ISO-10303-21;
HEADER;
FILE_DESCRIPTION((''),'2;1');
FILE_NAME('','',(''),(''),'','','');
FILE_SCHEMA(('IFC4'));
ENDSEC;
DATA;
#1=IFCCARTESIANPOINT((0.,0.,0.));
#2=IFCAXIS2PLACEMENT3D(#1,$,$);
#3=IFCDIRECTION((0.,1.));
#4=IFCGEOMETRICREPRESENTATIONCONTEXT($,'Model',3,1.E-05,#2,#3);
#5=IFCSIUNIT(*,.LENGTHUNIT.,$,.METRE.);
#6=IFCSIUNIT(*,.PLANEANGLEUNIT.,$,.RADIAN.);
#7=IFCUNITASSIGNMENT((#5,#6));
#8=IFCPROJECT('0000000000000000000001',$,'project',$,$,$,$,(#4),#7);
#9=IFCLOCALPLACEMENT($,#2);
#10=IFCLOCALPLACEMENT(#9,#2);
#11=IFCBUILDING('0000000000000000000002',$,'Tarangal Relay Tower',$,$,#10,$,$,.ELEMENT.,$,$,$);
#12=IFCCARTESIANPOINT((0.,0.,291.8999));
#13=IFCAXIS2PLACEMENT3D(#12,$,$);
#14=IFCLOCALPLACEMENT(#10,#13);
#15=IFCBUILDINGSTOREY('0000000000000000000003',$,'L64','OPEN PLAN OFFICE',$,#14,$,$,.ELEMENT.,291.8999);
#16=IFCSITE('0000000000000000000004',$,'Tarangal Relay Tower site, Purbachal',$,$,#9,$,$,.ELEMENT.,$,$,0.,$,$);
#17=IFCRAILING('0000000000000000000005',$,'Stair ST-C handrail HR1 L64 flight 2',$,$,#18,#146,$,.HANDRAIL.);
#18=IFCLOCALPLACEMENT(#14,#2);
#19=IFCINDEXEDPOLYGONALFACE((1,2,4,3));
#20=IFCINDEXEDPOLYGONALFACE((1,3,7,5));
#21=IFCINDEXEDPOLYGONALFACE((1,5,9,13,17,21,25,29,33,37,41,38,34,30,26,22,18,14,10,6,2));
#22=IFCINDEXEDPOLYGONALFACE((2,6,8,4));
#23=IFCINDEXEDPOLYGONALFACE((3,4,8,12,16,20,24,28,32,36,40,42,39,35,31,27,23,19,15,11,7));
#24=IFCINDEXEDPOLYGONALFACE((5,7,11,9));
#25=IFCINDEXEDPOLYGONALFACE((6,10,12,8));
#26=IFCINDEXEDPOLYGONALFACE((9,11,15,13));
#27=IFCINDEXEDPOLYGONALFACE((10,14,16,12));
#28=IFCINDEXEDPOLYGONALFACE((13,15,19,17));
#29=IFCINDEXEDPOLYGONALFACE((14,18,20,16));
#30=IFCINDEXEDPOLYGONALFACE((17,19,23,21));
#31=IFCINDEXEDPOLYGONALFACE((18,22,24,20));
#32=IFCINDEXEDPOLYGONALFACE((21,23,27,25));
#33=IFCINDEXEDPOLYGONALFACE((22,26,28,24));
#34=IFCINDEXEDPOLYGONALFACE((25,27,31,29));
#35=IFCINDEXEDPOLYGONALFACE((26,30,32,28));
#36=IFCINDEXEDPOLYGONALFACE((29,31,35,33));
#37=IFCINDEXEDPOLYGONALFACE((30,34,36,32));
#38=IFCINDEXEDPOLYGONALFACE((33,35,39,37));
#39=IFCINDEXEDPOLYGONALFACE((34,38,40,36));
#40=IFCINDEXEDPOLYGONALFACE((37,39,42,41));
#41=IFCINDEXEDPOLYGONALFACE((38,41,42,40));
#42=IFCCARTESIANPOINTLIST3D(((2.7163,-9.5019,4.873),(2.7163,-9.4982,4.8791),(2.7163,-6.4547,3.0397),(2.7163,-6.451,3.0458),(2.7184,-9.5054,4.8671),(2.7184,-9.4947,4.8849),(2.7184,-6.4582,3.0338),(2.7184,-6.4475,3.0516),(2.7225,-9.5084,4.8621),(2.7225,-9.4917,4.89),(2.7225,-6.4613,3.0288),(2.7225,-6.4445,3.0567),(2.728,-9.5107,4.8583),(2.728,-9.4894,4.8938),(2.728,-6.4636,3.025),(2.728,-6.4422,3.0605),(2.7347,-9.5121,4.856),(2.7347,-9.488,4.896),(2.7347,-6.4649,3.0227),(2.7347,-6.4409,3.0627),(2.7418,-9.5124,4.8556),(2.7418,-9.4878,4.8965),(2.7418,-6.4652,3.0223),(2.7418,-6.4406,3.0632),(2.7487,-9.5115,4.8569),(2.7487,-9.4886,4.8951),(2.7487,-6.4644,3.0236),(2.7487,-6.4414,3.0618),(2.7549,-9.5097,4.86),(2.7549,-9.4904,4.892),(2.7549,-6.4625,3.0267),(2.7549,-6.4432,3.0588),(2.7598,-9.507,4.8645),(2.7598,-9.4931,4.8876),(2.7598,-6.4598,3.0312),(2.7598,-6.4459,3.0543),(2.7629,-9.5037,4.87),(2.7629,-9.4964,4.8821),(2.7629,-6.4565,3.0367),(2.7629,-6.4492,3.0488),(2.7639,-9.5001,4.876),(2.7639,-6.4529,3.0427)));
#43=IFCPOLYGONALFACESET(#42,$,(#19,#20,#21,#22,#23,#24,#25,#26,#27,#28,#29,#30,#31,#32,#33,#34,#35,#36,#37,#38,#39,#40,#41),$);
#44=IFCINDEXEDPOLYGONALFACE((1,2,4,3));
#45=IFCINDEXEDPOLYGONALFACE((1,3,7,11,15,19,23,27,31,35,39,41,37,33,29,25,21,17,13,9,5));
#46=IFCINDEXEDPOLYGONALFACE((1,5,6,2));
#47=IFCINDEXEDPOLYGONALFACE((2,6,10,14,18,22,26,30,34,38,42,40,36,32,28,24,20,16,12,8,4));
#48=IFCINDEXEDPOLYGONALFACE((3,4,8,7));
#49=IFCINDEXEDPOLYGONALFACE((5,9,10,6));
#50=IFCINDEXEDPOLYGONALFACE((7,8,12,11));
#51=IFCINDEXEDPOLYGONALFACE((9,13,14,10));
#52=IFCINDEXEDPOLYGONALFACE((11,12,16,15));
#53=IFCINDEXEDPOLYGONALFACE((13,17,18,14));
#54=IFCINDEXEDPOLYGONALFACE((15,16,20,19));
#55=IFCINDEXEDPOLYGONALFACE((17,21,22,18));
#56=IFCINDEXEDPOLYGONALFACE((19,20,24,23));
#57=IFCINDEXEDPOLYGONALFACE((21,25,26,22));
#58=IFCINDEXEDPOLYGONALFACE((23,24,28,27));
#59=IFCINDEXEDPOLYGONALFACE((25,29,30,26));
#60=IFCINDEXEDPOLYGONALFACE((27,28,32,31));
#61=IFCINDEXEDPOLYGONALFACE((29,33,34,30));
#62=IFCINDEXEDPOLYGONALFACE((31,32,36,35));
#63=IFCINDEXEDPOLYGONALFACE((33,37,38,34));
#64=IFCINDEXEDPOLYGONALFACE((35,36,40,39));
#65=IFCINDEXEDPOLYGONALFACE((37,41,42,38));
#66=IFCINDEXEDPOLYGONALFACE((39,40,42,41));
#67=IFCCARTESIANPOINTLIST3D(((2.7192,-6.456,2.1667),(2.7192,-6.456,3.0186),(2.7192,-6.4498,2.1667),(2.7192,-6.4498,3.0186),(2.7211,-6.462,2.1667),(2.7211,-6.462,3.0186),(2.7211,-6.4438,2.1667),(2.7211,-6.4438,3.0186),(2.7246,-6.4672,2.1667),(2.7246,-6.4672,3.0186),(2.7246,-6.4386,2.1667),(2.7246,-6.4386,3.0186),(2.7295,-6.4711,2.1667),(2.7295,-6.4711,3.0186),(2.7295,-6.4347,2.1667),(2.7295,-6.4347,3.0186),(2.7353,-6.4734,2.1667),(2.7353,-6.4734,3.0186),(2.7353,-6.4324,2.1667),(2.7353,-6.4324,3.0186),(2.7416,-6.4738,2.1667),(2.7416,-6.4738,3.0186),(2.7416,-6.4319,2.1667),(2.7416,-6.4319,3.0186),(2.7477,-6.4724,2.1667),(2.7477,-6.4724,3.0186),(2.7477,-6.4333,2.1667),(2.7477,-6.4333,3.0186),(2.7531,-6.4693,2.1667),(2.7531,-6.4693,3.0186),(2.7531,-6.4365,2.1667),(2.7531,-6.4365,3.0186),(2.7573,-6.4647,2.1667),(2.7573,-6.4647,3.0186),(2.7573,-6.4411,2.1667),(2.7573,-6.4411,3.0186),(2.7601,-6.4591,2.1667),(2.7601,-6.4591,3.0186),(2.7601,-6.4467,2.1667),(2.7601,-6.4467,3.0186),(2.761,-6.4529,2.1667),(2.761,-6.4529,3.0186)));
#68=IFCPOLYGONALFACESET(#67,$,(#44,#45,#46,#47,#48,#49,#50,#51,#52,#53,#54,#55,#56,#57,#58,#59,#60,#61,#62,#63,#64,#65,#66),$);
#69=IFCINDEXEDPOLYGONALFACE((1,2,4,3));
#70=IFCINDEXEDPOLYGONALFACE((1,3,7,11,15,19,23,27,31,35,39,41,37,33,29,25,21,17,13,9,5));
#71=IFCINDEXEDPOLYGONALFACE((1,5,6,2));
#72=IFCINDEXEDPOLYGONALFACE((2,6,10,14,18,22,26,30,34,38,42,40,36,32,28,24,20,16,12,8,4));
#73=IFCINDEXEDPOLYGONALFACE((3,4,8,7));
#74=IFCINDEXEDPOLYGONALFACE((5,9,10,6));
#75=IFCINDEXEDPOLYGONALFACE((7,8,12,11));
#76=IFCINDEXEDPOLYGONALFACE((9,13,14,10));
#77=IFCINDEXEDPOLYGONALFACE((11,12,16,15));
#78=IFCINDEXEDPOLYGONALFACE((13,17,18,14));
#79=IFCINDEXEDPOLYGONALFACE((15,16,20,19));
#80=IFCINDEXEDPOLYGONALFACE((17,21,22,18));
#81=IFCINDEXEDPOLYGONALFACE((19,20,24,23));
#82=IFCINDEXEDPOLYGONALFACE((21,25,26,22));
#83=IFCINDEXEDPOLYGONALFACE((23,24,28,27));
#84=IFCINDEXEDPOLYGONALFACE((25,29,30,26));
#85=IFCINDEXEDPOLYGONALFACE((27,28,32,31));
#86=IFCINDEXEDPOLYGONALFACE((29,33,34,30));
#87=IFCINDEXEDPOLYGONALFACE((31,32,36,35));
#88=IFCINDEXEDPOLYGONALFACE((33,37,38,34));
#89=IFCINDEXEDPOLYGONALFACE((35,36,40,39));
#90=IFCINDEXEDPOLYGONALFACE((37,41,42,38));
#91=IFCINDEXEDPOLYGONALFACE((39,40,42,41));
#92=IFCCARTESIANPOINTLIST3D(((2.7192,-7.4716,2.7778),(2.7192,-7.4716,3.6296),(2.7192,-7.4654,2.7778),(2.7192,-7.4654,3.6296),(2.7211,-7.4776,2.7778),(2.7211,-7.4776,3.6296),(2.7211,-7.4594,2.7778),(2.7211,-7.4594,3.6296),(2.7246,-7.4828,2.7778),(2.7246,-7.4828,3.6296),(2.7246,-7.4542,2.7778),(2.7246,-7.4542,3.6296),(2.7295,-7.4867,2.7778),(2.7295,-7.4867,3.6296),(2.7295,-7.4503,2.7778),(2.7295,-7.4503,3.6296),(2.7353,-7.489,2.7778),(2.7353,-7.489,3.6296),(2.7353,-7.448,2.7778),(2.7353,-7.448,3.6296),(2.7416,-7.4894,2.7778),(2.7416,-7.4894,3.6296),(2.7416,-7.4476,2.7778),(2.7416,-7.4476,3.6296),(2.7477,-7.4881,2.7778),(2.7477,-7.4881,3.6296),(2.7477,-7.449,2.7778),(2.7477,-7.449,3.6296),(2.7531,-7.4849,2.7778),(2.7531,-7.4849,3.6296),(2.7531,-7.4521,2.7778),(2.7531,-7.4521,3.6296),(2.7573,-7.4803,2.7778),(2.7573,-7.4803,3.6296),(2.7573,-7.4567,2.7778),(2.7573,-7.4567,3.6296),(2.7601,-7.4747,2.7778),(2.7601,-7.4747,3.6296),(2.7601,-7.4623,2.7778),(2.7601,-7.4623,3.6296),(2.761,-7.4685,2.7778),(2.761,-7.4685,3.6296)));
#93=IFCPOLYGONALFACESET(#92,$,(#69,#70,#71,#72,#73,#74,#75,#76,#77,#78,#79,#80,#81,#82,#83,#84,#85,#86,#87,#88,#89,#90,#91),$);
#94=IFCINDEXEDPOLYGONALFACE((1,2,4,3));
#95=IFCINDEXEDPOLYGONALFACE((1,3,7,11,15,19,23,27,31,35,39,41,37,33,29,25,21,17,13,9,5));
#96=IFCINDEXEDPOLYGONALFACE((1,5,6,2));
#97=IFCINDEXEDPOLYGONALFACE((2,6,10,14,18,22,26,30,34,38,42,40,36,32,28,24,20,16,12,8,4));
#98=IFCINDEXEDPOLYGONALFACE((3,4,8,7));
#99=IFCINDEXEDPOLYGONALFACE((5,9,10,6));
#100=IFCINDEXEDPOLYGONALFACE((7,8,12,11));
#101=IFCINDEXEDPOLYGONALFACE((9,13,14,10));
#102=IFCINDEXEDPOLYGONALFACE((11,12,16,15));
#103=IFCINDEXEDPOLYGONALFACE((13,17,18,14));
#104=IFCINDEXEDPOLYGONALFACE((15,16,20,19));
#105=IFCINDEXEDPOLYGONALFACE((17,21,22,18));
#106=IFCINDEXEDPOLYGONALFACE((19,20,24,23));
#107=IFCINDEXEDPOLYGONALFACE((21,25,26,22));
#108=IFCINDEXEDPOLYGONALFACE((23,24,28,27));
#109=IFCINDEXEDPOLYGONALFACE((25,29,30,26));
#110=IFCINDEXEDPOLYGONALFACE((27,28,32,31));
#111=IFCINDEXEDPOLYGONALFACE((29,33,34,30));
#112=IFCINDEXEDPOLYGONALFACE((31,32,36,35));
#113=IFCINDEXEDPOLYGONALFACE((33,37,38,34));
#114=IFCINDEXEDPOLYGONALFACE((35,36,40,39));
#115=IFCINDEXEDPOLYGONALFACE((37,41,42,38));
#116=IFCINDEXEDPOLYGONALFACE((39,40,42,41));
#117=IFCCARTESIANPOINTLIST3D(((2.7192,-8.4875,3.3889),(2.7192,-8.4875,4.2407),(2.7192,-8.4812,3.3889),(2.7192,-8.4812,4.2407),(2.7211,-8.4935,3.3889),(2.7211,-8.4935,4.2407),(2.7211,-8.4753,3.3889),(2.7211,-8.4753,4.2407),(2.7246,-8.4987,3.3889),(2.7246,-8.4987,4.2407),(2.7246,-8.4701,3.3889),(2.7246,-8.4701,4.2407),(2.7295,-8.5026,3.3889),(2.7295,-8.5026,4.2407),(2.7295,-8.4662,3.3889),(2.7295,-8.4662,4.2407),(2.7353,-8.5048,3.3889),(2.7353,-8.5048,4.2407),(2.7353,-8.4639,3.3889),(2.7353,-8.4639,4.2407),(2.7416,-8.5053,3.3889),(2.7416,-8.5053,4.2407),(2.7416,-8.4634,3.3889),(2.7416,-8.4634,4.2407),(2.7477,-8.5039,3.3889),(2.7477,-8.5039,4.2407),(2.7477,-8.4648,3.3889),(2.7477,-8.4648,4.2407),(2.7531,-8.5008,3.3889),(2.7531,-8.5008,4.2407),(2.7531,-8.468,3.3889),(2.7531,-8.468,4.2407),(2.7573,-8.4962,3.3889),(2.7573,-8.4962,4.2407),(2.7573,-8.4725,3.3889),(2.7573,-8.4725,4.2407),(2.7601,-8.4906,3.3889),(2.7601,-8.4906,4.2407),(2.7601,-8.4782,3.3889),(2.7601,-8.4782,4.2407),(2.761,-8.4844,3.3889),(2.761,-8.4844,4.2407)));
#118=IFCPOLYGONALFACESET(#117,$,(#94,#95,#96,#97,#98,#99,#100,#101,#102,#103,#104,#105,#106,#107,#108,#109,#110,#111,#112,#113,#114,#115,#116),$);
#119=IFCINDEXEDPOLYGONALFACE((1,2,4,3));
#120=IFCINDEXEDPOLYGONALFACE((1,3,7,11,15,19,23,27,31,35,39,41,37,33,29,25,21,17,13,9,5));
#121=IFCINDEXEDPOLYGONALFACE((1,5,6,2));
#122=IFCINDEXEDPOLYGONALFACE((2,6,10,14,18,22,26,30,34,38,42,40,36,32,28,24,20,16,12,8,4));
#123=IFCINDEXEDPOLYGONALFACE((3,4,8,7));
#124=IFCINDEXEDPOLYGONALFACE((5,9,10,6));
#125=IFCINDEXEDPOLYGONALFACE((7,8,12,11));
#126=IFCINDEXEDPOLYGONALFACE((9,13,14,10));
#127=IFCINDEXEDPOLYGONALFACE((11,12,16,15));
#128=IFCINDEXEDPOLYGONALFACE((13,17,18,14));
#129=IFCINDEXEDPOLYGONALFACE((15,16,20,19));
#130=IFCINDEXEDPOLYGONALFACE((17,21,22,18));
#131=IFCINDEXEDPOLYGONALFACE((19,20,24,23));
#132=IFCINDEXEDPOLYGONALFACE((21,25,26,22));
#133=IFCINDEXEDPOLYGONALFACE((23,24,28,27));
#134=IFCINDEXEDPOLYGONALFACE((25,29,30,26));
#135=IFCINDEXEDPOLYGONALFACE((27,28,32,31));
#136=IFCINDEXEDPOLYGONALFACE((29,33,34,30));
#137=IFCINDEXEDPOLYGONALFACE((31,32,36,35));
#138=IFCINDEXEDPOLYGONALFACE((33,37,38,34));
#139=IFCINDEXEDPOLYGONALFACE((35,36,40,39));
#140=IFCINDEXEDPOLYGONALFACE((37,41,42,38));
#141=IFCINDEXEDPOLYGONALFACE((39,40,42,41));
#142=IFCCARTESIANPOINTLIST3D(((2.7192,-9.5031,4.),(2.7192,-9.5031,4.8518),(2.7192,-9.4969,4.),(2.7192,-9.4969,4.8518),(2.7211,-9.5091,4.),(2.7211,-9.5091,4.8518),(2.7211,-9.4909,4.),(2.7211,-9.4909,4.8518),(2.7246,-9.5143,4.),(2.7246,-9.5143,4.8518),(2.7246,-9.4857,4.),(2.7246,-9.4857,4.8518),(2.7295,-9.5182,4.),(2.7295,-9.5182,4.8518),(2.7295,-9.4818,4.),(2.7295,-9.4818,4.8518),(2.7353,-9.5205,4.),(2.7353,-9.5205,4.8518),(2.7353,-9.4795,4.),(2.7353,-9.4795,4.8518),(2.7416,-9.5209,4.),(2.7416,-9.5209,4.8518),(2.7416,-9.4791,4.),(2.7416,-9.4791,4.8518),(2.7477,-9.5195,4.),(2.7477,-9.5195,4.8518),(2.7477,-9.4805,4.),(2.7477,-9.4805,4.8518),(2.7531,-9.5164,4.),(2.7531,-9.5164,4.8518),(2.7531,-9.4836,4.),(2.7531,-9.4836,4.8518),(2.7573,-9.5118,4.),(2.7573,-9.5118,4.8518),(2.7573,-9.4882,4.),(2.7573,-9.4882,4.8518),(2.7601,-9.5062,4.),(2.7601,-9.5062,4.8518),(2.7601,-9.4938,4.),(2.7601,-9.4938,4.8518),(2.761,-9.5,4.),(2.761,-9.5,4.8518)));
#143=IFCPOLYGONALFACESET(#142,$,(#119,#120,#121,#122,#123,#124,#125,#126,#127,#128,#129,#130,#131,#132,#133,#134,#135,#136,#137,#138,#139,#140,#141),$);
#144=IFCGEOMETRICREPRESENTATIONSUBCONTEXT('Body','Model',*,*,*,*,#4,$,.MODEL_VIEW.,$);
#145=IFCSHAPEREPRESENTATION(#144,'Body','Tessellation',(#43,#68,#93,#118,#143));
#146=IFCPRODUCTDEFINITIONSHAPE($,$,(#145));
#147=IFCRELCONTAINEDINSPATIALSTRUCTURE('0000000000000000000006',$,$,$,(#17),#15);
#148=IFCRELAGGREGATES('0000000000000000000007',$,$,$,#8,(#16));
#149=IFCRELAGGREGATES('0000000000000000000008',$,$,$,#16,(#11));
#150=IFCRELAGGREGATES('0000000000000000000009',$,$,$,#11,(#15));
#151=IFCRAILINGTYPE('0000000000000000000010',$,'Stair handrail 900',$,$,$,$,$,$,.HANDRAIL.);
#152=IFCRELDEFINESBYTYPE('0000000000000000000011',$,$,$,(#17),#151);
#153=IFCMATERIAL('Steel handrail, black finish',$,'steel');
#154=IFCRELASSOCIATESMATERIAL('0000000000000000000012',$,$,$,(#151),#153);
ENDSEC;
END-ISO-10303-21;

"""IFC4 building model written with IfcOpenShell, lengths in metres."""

from ifc_helpers import new_model, si_unit, direction, frame, origin, origin_2d, place, context, subcontext, project, spatial, circle, extrude, material, type_object, element, save


model = new_model("IFC4")

# Units and contexts
model_context = context("Model", 3, precision=1e-05, world=origin(), true_north=direction((0.0, 1.0)))
body_context = subcontext(model_context, "Body", "Model", "MODEL_VIEW")
ifc_project = project(units=[si_unit("LENGTHUNIT", "METRE"), si_unit("PLANEANGLEUNIT", "RADIAN")], contexts=[model_context])

# Site, building, storey
site_placement = place(None, origin())
site = spatial("IfcSite", under=ifc_project, at=site_placement, Name="Tarangal Relay Tower site, Purbachal", CompositionType="ELEMENT", RefElevation=0.0)
building_placement = place(site_placement, origin())
building = spatial("IfcBuilding", under=site, at=building_placement, Name="Tarangal Relay Tower", CompositionType="ELEMENT")
storey_placement = place(building_placement, frame((0.0, 0.0, 291.8999)))
storey = spatial("IfcBuildingStorey", under=building, at=storey_placement, Name="L64", Description="OPEN PLAN OFFICE", CompositionType="ELEMENT", Elevation=291.8999)

# Railing
ifc_material_1 = material(Name="Steel handrail, black finish", Category="steel")
railing_type_1 = type_object("IfcRailingType", Name="Stair handrail 900", PredefinedType="HANDRAIL", material=ifc_material_1)
railing_1_placement = place(storey_placement, frame((2.74, -6.4529, 2.1667)))
element("IfcRailing", 1, at=railing_1_placement, inside=storey, type_object=railing_type_1, Name="Stair ST-C handrail HR1 L64 flight 2", PredefinedType="HANDRAIL", context=body_context, shape_type="SweptSolid", body=[
    extrude(circle(Radius=0.0239, at=origin_2d()), frame((0.0, 0.0, 0.876), z_axis=(0.0, -0.856874, 0.515525), x_axis=(1.0, 0.0, 0.0)), (0.0, 0.0, 1.0), 3.5562),
    extrude(circle(Radius=0.021, at=origin_2d()), origin(), (0.0, 0.0, 1.0), 0.8518),
    extrude(circle(Radius=0.021, at=origin_2d()), frame((0.0, -1.0156, 0.6111)), (0.0, 0.0, 1.0), 0.8518),
    extrude(circle(Radius=0.021, at=origin_2d()), frame((0.0, -2.0315, 1.2222)), (0.0, 0.0, 1.0), 0.8518),
    extrude(circle(Radius=0.021, at=origin_2d()), frame((0.0, -3.0471, 1.8333)), (0.0, 0.0, 1.0), 0.8518),
])

save(model, "model.ifc")
